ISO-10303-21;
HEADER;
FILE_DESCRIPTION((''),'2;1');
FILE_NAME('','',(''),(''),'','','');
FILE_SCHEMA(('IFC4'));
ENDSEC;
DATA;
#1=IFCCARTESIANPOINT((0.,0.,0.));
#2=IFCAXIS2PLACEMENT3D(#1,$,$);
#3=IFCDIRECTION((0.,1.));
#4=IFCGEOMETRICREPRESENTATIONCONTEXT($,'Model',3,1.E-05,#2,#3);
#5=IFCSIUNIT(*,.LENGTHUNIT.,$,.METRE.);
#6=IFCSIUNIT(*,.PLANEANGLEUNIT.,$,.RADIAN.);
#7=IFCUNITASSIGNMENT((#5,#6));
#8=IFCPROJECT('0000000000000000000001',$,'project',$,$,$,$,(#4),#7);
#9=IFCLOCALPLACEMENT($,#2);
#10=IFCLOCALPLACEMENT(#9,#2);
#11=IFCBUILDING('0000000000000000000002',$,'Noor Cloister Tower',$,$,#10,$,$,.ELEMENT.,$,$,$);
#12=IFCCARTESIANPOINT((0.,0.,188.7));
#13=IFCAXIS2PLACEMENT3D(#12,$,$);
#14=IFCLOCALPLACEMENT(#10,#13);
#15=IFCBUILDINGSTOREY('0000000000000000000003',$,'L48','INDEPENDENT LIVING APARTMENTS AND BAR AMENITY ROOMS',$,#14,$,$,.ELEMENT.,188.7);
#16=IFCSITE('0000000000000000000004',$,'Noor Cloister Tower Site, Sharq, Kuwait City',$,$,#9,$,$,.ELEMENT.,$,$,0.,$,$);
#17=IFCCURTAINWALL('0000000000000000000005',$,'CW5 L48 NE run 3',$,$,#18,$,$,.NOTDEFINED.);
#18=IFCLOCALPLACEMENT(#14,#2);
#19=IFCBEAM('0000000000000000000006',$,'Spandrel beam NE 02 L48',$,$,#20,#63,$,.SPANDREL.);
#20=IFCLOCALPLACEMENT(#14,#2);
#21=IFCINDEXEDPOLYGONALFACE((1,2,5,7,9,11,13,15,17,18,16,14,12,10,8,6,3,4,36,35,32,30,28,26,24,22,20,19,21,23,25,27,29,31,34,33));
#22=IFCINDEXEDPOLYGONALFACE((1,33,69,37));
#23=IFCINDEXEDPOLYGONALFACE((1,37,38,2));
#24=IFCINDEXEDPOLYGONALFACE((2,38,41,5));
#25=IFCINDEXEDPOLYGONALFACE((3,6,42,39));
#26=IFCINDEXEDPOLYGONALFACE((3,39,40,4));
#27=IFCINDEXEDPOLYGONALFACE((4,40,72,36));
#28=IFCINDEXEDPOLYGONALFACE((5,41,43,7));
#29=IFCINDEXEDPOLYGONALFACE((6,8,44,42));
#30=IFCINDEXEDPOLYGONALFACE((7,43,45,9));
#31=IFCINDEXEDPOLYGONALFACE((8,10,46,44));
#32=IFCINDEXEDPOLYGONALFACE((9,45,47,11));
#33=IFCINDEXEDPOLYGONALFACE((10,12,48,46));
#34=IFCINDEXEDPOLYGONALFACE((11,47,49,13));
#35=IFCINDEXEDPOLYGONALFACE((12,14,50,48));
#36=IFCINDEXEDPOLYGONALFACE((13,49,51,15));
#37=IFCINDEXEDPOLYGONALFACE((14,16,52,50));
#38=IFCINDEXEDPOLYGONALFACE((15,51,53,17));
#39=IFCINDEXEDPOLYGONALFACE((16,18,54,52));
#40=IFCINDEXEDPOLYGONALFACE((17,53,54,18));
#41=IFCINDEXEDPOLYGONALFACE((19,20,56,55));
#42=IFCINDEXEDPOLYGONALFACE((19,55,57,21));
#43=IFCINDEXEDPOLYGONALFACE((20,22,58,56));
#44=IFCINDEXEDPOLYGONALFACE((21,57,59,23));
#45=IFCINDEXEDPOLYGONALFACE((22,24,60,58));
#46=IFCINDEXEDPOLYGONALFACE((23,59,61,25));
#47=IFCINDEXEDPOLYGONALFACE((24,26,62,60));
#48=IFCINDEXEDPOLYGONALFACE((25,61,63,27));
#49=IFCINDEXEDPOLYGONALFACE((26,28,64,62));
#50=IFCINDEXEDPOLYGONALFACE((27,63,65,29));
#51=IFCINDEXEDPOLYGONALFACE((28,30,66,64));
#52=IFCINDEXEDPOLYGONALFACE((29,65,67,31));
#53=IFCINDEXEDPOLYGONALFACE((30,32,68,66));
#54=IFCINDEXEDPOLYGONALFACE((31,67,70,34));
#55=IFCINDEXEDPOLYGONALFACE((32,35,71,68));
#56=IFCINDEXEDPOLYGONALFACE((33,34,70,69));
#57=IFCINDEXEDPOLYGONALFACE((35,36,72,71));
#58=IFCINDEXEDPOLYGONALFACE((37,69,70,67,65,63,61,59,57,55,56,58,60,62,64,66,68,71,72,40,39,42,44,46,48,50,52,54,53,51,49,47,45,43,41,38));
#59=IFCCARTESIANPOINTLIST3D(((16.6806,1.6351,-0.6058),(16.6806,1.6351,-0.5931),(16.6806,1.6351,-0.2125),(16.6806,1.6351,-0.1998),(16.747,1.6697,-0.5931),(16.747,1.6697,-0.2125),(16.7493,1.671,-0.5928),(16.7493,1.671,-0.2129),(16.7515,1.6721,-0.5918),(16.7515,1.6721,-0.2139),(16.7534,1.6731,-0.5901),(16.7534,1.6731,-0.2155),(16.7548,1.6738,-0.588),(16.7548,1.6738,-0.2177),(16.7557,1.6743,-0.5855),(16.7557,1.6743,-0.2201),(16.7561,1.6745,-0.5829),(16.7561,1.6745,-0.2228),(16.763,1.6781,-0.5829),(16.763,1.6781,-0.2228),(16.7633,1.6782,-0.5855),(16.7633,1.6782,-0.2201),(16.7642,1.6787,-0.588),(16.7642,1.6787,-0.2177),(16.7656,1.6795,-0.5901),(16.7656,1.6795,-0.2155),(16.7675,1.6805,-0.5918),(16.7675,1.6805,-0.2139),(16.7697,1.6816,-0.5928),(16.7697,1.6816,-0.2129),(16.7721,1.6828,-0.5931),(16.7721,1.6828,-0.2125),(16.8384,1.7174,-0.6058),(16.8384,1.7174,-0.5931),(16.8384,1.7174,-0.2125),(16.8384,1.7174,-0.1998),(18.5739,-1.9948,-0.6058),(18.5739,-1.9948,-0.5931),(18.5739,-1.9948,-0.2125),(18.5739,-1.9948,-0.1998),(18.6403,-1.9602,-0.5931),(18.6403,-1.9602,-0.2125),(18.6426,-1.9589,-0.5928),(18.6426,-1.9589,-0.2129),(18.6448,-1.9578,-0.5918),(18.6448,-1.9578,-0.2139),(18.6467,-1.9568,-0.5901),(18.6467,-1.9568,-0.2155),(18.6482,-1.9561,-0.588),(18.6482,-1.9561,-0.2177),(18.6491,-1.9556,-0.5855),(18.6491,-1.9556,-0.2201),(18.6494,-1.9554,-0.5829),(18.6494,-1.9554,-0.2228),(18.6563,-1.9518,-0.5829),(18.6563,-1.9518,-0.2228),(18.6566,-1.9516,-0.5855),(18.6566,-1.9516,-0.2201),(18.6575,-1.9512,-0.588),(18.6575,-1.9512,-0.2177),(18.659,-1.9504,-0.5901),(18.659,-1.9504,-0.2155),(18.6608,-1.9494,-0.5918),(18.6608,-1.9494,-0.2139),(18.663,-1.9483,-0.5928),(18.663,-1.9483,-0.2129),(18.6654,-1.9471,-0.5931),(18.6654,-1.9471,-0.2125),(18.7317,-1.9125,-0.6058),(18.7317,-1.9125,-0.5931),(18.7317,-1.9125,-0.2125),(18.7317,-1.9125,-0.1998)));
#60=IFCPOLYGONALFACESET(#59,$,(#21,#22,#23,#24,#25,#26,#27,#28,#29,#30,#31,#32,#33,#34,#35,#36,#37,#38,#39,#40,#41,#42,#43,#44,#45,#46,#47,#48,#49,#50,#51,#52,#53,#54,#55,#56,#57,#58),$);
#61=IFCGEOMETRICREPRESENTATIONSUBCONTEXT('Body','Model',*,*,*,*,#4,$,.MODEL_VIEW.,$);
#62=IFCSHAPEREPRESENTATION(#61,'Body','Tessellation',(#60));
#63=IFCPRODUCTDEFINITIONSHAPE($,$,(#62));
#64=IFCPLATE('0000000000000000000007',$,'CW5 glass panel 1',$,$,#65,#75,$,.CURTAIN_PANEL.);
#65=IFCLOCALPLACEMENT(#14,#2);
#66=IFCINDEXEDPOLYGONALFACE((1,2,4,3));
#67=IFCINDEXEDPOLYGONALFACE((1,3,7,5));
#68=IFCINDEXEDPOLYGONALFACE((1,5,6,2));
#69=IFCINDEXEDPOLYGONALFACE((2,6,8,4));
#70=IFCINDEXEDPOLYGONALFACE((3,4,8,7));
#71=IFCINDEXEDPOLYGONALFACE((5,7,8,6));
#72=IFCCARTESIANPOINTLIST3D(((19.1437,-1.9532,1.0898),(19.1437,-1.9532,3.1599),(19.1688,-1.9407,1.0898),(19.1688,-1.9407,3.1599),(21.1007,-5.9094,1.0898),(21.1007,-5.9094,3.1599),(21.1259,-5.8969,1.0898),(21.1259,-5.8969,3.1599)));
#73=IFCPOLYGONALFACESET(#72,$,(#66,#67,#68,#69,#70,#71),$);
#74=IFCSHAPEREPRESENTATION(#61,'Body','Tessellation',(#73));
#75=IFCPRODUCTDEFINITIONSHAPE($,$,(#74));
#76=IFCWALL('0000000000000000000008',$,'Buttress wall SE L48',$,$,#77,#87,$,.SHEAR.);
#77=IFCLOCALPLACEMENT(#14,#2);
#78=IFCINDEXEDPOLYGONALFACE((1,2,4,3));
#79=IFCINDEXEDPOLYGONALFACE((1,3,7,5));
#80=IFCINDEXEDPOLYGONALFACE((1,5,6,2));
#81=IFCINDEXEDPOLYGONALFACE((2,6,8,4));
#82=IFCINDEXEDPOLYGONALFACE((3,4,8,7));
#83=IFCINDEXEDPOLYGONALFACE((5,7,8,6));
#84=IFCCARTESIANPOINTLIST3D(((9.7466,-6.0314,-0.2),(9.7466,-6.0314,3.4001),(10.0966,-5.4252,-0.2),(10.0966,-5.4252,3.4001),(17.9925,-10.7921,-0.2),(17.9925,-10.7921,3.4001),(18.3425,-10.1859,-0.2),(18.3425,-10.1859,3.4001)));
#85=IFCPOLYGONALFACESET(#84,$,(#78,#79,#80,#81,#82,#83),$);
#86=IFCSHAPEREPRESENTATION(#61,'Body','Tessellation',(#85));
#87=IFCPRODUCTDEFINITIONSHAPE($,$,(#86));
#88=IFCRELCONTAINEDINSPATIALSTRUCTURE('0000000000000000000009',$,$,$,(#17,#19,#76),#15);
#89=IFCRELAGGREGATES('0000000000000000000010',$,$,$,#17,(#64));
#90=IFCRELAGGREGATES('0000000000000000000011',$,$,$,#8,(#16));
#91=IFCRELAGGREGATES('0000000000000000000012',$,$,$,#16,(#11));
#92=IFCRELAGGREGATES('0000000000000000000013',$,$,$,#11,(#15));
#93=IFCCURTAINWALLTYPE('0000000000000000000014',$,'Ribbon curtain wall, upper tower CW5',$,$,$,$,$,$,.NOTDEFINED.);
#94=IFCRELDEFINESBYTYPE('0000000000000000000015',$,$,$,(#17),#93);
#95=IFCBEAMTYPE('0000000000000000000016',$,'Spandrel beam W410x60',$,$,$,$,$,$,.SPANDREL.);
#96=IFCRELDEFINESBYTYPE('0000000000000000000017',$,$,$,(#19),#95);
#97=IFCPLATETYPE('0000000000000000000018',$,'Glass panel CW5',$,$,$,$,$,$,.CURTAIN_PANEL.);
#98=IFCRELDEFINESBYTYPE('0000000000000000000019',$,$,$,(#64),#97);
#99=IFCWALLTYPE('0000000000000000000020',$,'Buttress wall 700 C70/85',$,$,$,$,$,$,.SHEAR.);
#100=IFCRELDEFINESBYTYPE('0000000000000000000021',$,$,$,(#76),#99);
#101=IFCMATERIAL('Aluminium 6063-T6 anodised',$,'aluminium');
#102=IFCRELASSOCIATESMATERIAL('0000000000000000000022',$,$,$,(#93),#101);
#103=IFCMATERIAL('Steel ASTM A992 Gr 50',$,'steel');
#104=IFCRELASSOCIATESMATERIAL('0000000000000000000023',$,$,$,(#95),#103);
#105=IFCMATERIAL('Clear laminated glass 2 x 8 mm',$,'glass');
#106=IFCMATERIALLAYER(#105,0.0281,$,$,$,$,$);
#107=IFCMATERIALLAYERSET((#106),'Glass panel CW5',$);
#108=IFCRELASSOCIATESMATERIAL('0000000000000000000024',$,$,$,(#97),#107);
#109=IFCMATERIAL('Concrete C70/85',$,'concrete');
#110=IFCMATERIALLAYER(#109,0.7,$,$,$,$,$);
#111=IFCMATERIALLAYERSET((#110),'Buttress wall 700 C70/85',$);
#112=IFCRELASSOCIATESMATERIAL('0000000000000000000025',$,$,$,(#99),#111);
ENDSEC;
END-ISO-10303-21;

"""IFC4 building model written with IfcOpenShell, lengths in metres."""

from ifc_helpers import new_model, si_unit, direction, frame, frame_2d, origin, origin_2d, place, context, subcontext, project, spatial, rectangle, i_section, extrude, material, layer, layer_set, material_profile, profile_set, type_object, element, aggregate, save


model = new_model("IFC4")

# Units and contexts
model_context = context("Model", 3, precision=1e-05, world=origin(), true_north=direction((0.0, 1.0)))
body_context = subcontext(model_context, "Body", "Model", "MODEL_VIEW")
ifc_project = project(units=[si_unit("LENGTHUNIT", "METRE"), si_unit("PLANEANGLEUNIT", "RADIAN")], contexts=[model_context])

# Site, building, storey
site_placement = place(None, origin())
site = spatial("IfcSite", under=ifc_project, at=site_placement, Name="Noor Cloister Tower Site, Sharq, Kuwait City", CompositionType="ELEMENT", RefElevation=0.0)
building_placement = place(site_placement, origin())
building = spatial("IfcBuilding", under=site, at=building_placement, Name="Noor Cloister Tower", CompositionType="ELEMENT")
storey_placement = place(building_placement, frame((0.0, 0.0, 188.7)))
storey = spatial("IfcBuildingStorey", under=building, at=storey_placement, Name="L48", Description="INDEPENDENT LIVING APARTMENTS AND BAR AMENITY ROOMS", CompositionType="ELEMENT", Elevation=188.7)

# Curtain wall
ifc_material_1 = material(Name="Aluminium 6063-T6 anodised", Category="aluminium")
curtain_wall_type = type_object("IfcCurtainWallType", Name="Ribbon curtain wall, upper tower CW5", PredefinedType="NOTDEFINED", material=ifc_material_1)
curtain_wall_placement = place(storey_placement, origin())
curtain_wall = element("IfcCurtainWall", 1, at=curtain_wall_placement, inside=storey, type_object=curtain_wall_type, Name="CW5 L48 NE run 3", PredefinedType="NOTDEFINED")

# Beam
ifc_material_2 = material(Name="Steel ASTM A992 Gr 50", Category="steel")
ifc_material_profile_1 = material_profile(ifc_material_2, i_section(OverallWidth=0.178, OverallDepth=0.406, WebThickness=0.0078, FlangeThickness=0.0127, FilletRadius=0.0103, at=origin_2d()), Name="W410x60")
ifc_profile_set_1 = profile_set([ifc_material_profile_1], Name="Steel ASTM A992 Gr 50")
beam_type_1 = type_object("IfcBeamType", Name="Spandrel beam W410x60", PredefinedType="SPANDREL", material=ifc_profile_set_1)
beam_1_placement = place(storey_placement, frame((18.6528, -1.9536, -0.4028), z_axis=(-0.462462, 0.886639, 0.0), x_axis=(-0.886639, -0.462462, 0.0)))
element("IfcBeam", 2, at=beam_1_placement, inside=storey, type_object=beam_type_1, Name="Spandrel beam NE 02 L48", PredefinedType="SPANDREL", context=body_context, shape_type="SweptSolid", body=[
    extrude(i_section(OverallWidth=0.178, OverallDepth=0.406, WebThickness=0.0078, FlangeThickness=0.0127, FilletRadius=0.0103, at=origin_2d()), origin(), (0.0, 0.0, 1.0), 4.094),
])

# Plate
ifc_material_3 = material(Name="Clear laminated glass 2 x 8 mm", Category="glass")
ifc_layer_1 = layer(ifc_material_3, 0.0281)
ifc_layer_set_1 = layer_set([ifc_layer_1], Name="Glass panel CW5")
plate_type = type_object("IfcPlateType", Name="Glass panel CW5", PredefinedType="CURTAIN_PANEL", material=ifc_layer_set_1)
plate_placement = place(storey_placement, frame((20.1348, -3.925, 1.0898), z_axis=(0.0, 0.0, 1.0), x_axis=(-0.443388, 0.89633, 0.0)))
plate = element("IfcPlate", 3, at=plate_placement, type_object=plate_type, Name="CW5 glass panel 1", PredefinedType="CURTAIN_PANEL", context=body_context, shape_type="SweptSolid", body=[
    extrude(rectangle(XDim=4.4138, YDim=0.0281, at=origin_2d()), origin(), (0.0, 0.0, 1.0), 2.0701),
])
aggregate(curtain_wall, [plate])

# Wall
ifc_material_4 = material(Name="Concrete C70/85", Category="concrete")
ifc_layer_2 = layer(ifc_material_4, 0.7)
ifc_layer_set_2 = layer_set([ifc_layer_2], Name="Buttress wall 700 C70/85")
wall_type_1 = type_object("IfcWallType", Name="Buttress wall 700 C70/85", PredefinedType="SHEAR", material=ifc_layer_set_2)
wall_1_placement = place(storey_placement, frame((9.9216, -5.7283, -0.2), z_axis=(0.0, 0.0, 1.0), x_axis=(0.866025, -0.5, 0.0)))
element("IfcWall", 4, at=wall_1_placement, inside=storey, type_object=wall_type_1, Name="Buttress wall SE L48", PredefinedType="SHEAR", context=body_context, shape_type="SweptSolid", body=[
    extrude(rectangle(XDim=9.5215, YDim=0.7, at=frame_2d((4.7607, 0.0))), origin(), (0.0, 0.0, 1.0), 3.6001),
])

save(model, "model.ifc")
